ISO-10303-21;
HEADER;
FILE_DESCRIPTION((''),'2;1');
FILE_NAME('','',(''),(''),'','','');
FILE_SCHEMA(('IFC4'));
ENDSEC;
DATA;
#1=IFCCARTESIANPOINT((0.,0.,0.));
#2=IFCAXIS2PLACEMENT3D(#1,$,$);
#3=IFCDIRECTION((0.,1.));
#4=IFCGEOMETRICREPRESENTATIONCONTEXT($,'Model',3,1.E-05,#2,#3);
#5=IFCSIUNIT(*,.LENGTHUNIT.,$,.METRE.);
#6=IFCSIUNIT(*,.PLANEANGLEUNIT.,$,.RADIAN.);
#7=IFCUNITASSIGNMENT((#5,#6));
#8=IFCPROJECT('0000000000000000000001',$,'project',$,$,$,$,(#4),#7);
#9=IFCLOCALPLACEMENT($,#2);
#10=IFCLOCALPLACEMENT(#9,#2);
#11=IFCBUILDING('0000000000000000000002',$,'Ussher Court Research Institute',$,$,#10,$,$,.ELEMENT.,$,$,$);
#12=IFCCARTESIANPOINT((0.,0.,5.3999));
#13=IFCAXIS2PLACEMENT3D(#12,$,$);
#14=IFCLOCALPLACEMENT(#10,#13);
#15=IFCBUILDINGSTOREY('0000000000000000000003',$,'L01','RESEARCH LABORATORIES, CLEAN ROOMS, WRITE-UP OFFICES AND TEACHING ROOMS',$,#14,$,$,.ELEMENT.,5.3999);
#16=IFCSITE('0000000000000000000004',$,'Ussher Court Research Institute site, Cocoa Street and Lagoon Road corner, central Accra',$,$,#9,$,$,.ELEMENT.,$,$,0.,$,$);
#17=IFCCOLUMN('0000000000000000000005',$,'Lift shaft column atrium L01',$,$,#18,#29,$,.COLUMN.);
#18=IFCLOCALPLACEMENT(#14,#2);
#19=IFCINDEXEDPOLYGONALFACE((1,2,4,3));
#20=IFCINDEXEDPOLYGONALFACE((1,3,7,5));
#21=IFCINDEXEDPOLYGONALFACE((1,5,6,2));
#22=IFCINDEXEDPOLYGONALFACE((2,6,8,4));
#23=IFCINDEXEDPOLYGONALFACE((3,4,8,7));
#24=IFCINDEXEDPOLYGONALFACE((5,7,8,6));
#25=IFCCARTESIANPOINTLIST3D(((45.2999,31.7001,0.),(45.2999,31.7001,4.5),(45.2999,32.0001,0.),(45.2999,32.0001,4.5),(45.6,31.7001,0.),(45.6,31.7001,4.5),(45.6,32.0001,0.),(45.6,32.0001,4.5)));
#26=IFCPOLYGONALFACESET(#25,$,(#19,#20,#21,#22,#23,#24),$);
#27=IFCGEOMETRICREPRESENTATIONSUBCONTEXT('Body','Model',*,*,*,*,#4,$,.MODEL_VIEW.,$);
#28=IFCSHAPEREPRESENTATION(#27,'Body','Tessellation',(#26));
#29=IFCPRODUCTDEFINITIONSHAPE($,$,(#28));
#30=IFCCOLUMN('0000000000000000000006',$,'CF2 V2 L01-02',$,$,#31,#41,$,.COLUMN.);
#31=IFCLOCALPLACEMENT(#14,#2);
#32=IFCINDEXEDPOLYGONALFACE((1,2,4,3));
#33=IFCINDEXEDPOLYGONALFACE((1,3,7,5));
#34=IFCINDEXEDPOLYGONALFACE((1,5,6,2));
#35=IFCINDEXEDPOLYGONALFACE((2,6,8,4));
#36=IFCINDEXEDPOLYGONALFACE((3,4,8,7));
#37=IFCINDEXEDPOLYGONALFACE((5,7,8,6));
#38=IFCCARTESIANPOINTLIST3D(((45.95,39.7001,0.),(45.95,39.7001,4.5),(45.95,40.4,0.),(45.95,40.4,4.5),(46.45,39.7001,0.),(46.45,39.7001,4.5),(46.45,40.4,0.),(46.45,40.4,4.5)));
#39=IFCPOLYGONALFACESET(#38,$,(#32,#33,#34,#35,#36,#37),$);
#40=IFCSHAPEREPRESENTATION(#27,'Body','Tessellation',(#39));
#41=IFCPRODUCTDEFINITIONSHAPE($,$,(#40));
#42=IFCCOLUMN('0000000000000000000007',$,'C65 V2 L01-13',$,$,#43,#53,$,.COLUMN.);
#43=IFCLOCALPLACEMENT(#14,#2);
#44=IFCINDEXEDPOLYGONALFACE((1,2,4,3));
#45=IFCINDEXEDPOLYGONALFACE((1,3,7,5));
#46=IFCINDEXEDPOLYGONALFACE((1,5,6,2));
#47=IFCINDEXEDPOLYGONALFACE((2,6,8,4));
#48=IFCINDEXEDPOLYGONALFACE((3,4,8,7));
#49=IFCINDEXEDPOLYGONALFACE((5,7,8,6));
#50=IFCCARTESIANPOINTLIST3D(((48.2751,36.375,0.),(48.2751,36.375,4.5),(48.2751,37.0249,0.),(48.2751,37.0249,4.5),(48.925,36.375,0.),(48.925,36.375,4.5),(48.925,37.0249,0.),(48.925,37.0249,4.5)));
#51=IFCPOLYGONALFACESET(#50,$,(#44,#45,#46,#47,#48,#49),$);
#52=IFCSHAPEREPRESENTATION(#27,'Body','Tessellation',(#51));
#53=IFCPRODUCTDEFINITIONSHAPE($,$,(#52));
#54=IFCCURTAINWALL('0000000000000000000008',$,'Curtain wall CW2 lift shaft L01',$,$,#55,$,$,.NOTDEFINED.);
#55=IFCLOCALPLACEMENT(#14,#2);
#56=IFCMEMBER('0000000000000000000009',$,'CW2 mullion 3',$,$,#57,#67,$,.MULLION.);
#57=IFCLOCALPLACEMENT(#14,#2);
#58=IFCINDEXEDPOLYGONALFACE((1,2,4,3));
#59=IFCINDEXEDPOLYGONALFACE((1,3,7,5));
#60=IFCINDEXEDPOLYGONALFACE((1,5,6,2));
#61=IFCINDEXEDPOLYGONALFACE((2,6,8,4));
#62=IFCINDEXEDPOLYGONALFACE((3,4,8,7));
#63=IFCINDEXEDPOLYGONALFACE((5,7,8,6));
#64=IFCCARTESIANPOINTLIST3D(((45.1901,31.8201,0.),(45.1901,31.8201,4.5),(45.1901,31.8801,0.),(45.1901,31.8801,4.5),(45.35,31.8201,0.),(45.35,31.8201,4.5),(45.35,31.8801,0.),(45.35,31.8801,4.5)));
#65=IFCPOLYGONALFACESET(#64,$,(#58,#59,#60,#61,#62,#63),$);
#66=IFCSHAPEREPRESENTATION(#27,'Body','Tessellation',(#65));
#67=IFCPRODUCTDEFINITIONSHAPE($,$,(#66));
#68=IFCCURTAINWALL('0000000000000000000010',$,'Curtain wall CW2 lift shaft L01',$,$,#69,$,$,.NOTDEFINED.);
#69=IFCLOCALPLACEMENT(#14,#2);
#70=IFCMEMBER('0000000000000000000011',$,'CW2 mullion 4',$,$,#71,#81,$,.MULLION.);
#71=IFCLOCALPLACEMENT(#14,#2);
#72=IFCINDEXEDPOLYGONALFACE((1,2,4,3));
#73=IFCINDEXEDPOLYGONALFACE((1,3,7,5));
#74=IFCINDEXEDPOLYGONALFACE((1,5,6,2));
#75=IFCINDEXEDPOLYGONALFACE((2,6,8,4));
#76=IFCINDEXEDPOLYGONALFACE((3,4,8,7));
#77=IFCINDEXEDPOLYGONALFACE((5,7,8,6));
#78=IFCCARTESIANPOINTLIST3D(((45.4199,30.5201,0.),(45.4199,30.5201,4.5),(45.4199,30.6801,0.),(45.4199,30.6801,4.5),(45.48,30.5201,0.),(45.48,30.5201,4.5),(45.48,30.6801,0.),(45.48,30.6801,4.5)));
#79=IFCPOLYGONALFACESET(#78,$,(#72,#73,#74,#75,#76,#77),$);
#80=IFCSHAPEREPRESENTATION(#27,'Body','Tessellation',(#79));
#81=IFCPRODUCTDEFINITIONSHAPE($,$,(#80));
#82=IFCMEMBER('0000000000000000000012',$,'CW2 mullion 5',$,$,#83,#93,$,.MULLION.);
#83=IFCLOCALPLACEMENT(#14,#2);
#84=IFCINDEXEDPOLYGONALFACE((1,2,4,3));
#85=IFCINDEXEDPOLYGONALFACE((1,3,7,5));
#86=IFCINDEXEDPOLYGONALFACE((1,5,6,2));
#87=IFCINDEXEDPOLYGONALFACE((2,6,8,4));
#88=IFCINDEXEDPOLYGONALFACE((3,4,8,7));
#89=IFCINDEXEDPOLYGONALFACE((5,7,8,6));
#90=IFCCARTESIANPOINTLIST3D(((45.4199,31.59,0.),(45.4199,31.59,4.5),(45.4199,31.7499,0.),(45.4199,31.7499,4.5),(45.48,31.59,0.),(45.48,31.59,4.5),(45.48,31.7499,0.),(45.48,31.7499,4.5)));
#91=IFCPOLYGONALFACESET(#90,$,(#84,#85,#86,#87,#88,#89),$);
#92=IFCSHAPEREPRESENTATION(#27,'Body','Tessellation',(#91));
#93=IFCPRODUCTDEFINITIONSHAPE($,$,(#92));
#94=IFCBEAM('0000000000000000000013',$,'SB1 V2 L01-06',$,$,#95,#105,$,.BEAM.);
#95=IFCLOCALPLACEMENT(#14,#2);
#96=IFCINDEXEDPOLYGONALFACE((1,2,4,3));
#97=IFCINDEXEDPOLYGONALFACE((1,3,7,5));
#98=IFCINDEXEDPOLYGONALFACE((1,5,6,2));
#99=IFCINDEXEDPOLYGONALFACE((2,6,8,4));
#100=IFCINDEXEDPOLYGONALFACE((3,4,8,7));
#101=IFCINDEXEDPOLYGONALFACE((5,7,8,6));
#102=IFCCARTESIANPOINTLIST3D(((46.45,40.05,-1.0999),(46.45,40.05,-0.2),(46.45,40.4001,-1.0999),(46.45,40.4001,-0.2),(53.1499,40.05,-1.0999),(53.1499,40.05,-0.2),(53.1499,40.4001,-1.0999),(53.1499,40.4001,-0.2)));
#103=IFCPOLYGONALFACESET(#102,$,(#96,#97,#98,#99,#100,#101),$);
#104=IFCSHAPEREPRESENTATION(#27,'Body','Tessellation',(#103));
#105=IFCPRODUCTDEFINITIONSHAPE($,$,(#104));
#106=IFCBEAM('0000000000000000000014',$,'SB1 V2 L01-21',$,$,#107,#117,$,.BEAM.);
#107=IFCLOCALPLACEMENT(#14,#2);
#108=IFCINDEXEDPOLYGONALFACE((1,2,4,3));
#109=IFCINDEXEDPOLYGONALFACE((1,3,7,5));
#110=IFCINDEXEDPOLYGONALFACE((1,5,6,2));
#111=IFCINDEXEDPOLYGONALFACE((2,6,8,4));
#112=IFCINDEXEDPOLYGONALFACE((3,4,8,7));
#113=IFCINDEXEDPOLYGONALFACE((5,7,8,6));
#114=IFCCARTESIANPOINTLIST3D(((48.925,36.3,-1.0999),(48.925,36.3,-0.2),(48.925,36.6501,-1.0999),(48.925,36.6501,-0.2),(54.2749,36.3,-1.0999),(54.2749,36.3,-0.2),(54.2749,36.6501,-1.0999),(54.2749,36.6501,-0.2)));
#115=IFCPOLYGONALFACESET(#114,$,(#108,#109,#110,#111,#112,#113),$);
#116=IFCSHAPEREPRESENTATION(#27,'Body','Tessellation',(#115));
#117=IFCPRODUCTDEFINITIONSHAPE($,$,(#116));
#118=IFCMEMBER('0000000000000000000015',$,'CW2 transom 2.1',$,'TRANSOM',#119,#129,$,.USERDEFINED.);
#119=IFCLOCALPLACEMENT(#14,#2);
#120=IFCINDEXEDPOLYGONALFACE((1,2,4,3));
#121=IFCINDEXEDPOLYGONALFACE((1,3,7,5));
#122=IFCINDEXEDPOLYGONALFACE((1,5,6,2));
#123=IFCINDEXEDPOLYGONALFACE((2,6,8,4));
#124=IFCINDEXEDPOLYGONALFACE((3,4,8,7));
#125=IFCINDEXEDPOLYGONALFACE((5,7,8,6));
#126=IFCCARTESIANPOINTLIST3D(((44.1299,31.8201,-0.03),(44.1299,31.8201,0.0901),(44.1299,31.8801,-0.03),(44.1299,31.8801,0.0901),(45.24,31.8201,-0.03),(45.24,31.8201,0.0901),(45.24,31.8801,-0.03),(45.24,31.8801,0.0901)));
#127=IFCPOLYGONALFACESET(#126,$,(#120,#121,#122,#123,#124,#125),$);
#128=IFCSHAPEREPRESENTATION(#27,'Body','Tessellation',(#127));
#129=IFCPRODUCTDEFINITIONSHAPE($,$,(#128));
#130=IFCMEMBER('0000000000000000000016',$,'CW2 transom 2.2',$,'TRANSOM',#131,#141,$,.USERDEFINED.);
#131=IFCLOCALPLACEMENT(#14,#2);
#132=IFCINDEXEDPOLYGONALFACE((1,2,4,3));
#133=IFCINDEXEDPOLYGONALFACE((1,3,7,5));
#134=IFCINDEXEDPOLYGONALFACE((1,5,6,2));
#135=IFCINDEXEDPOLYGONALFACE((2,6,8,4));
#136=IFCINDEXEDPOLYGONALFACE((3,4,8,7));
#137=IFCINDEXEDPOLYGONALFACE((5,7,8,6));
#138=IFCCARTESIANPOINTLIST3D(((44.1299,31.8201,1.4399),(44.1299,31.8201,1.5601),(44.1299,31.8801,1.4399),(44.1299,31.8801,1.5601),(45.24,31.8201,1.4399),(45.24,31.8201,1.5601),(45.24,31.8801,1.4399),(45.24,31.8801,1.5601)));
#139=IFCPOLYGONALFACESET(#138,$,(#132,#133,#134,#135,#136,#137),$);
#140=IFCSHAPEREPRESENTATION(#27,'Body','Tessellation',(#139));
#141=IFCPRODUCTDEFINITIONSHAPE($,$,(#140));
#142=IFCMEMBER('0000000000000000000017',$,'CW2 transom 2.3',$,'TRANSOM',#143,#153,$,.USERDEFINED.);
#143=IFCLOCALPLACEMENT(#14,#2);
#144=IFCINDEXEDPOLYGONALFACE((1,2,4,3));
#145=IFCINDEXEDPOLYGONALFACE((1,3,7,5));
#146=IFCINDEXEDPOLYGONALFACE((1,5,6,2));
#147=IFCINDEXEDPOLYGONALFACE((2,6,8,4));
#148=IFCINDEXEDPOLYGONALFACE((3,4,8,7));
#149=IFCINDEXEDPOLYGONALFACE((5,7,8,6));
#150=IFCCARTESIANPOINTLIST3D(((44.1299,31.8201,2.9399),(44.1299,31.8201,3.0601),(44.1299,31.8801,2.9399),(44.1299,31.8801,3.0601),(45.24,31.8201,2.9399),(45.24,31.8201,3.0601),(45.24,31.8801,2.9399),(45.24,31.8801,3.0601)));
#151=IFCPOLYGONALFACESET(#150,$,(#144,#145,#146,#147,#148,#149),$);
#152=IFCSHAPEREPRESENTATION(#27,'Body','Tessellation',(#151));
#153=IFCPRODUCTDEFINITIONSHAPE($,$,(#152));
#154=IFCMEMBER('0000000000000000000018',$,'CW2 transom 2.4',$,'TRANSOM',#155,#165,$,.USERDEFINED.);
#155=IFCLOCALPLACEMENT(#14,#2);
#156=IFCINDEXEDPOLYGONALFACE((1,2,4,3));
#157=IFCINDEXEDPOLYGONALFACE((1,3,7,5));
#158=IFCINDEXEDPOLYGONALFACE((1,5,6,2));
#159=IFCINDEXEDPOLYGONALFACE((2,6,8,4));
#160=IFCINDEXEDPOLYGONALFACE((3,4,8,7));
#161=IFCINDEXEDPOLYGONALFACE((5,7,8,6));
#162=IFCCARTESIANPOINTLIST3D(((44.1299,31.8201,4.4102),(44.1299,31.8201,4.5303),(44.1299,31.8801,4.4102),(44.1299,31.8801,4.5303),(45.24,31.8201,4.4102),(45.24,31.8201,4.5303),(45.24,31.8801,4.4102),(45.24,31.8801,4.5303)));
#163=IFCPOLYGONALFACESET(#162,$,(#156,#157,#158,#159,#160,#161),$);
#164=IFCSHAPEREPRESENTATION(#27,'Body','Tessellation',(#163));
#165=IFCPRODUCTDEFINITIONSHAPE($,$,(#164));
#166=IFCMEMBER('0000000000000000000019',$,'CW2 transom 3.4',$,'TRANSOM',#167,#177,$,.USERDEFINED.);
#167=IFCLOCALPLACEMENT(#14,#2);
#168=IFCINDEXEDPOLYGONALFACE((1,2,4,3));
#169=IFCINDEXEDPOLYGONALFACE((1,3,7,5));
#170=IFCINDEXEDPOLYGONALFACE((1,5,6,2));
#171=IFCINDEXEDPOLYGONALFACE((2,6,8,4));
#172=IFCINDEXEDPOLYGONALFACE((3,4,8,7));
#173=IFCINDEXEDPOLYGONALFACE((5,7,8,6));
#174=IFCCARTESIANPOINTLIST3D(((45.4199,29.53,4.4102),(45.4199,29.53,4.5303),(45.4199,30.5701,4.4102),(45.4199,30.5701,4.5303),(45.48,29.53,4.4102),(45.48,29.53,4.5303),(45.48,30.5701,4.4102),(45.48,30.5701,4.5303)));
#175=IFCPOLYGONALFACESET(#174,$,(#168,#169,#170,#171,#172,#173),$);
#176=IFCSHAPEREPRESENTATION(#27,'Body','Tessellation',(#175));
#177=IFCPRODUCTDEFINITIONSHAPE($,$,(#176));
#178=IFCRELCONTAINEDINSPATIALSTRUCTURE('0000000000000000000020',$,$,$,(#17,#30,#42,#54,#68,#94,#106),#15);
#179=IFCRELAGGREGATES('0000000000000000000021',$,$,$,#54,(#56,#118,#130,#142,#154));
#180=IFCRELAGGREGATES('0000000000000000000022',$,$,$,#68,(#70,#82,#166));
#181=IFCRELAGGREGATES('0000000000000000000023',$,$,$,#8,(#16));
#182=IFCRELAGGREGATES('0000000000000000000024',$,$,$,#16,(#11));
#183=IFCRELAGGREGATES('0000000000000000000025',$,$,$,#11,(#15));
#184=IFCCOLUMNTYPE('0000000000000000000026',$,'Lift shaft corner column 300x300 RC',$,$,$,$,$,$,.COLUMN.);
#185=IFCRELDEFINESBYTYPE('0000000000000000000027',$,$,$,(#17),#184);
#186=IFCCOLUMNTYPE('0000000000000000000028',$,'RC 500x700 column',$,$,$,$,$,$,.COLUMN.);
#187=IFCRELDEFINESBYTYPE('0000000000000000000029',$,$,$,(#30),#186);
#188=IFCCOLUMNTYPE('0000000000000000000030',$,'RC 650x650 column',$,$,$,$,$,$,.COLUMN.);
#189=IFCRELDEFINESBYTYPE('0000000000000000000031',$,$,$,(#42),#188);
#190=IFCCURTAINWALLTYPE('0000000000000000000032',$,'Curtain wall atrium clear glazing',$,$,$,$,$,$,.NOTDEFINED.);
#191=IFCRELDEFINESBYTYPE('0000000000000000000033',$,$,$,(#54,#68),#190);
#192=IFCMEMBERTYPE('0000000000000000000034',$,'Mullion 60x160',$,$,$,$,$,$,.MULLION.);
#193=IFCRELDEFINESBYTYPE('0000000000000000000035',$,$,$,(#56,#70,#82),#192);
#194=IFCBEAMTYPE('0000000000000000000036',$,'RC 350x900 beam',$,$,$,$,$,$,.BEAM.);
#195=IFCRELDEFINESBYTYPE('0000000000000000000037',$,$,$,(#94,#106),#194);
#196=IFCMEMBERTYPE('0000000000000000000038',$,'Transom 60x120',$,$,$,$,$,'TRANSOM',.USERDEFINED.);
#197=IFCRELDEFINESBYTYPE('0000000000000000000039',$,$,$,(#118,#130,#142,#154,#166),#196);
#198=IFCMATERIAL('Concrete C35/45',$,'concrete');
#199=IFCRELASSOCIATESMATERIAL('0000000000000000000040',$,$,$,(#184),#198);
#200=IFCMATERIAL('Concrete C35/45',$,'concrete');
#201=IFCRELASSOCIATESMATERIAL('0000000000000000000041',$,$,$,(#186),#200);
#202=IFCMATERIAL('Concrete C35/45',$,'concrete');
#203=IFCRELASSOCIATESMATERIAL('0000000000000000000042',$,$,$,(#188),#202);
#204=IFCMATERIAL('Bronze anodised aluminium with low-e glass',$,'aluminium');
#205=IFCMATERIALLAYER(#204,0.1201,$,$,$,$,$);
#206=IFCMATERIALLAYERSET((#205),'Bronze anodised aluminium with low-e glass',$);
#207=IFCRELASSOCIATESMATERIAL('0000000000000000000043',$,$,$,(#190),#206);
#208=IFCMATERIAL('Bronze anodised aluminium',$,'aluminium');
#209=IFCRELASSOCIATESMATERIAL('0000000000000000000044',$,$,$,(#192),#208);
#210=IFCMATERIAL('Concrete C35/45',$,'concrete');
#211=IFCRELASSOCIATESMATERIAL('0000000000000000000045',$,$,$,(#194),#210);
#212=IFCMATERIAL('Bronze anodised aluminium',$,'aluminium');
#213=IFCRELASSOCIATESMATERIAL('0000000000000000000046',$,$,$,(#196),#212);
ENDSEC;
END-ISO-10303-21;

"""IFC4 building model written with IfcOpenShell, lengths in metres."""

from ifc_helpers import new_model, si_unit, direction, frame, origin, origin_2d, place, context, subcontext, project, spatial, rectangle, extrude, material, layer, layer_set, material_profile, profile_set, type_object, element, aggregate, save


model = new_model("IFC4")

# Units and contexts
model_context = context("Model", 3, precision=1e-05, world=origin(), true_north=direction((0.0, 1.0)))
body_context = subcontext(model_context, "Body", "Model", "MODEL_VIEW")
ifc_project = project(units=[si_unit("LENGTHUNIT", "METRE"), si_unit("PLANEANGLEUNIT", "RADIAN")], contexts=[model_context])

# Site, building, storey
site_placement = place(None, origin())
site = spatial("IfcSite", under=ifc_project, at=site_placement, Name="Ussher Court Research Institute site, Cocoa Street and Lagoon Road corner, central Accra", CompositionType="ELEMENT", RefElevation=0.0)
building_placement = place(site_placement, origin())
building = spatial("IfcBuilding", under=site, at=building_placement, Name="Ussher Court Research Institute", CompositionType="ELEMENT")
storey_placement = place(building_placement, frame((0.0, 0.0, 5.3999)))
storey = spatial("IfcBuildingStorey", under=building, at=storey_placement, Name="L01", Description="RESEARCH LABORATORIES, CLEAN ROOMS, WRITE-UP OFFICES AND TEACHING ROOMS", CompositionType="ELEMENT", Elevation=5.3999)

# Columns
ifc_material_1 = material(Name="Concrete C35/45", Category="concrete")
ifc_material_profile_1 = material_profile(ifc_material_1, rectangle(XDim=0.3, YDim=0.3, at=origin_2d()), Name="RC 300x300")
ifc_profile_set_1 = profile_set([ifc_material_profile_1], Name="Concrete C35/45")
column_type_1 = type_object("IfcColumnType", Name="Lift shaft corner column 300x300 RC", PredefinedType="COLUMN", material=ifc_profile_set_1)
column_1_placement = place(storey_placement, frame((45.45, 31.8501, 0.0), z_axis=(0.0, 0.0, 1.0), x_axis=(1.0, 0.0, 0.0)))
element("IfcColumn", 1, at=column_1_placement, inside=storey, type_object=column_type_1, Name="Lift shaft column atrium L01", PredefinedType="COLUMN", context=body_context, shape_type="SweptSolid", body=[
    extrude(rectangle(XDim=0.3, YDim=0.3, at=origin_2d()), origin(), (0.0, 0.0, 1.0), 4.5),
])
ifc_material_2 = material(Name="Concrete C35/45", Category="concrete")
ifc_material_profile_2 = material_profile(ifc_material_2, rectangle(XDim=0.5, YDim=0.7, at=origin_2d()), Name="RC 500x700")
ifc_profile_set_2 = profile_set([ifc_material_profile_2], Name="Concrete C35/45")
column_type_2 = type_object("IfcColumnType", Name="RC 500x700 column", PredefinedType="COLUMN", material=ifc_profile_set_2)
column_2_placement = place(storey_placement, frame((46.2, 40.05, 0.0), z_axis=(0.0, 0.0, 1.0), x_axis=(1.0, 0.0, 0.0)))
element("IfcColumn", 2, at=column_2_placement, inside=storey, type_object=column_type_2, Name="CF2 V2 L01-02", PredefinedType="COLUMN", context=body_context, shape_type="SweptSolid", body=[
    extrude(rectangle(XDim=0.5, YDim=0.7, at=origin_2d()), origin(), (0.0, 0.0, 1.0), 4.5),
])
ifc_material_3 = material(Name="Concrete C35/45", Category="concrete")
ifc_material_profile_3 = material_profile(ifc_material_3, rectangle(XDim=0.6499, YDim=0.6499, at=origin_2d()), Name="RC 650x650")
ifc_profile_set_3 = profile_set([ifc_material_profile_3], Name="Concrete C35/45")
column_type_3 = type_object("IfcColumnType", Name="RC 650x650 column", PredefinedType="COLUMN", material=ifc_profile_set_3)
column_3_placement = place(storey_placement, frame((48.6001, 36.7, 0.0), z_axis=(0.0, 0.0, 1.0), x_axis=(1.0, 0.0, 0.0)))
element("IfcColumn", 3, at=column_3_placement, inside=storey, type_object=column_type_3, Name="C65 V2 L01-13", PredefinedType="COLUMN", context=body_context, shape_type="SweptSolid", body=[
    extrude(rectangle(XDim=0.6499, YDim=0.6499, at=origin_2d()), origin(), (0.0, 0.0, 1.0), 4.5),
])

# Curtain wall, member
ifc_material_4 = material(Name="Bronze anodised aluminium with low-e glass", Category="aluminium")
ifc_layer_1 = layer(ifc_material_4, 0.1201)
ifc_layer_set_1 = layer_set([ifc_layer_1], Name="Bronze anodised aluminium with low-e glass")
curtain_wall_type = type_object("IfcCurtainWallType", Name="Curtain wall atrium clear glazing", PredefinedType="NOTDEFINED", material=ifc_layer_set_1)
curtain_wall_1_placement = place(storey_placement, origin())
curtain_wall_1 = element("IfcCurtainWall", 4, at=curtain_wall_1_placement, inside=storey, type_object=curtain_wall_type, Name="Curtain wall CW2 lift shaft L01", PredefinedType="NOTDEFINED")
ifc_material_5 = material(Name="Bronze anodised aluminium", Category="aluminium")
ifc_material_profile_4 = material_profile(ifc_material_5, rectangle(XDim=0.0601, YDim=0.1599, at=origin_2d()), Name="Mullion 60x160")
ifc_profile_set_4 = profile_set([ifc_material_profile_4], Name="Bronze anodised aluminium")
member_type_1 = type_object("IfcMemberType", Name="Mullion 60x160", PredefinedType="MULLION", material=ifc_profile_set_4)
member_1_placement = place(storey_placement, frame((45.27, 31.8501, 0.0), z_axis=(0.0, 0.0, 1.0), x_axis=(0.0, 1.0, 0.0)))
member_1 = element("IfcMember", 5, at=member_1_placement, type_object=member_type_1, Name="CW2 mullion 3", PredefinedType="MULLION", context=body_context, shape_type="SweptSolid", body=[
    extrude(rectangle(XDim=0.0601, YDim=0.1599, at=origin_2d()), origin(), (0.0, 0.0, 1.0), 4.5),
])

# Curtain wall, members
curtain_wall_2_placement = place(storey_placement, origin())
curtain_wall_2 = element("IfcCurtainWall", 6, at=curtain_wall_2_placement, inside=storey, type_object=curtain_wall_type, Name="Curtain wall CW2 lift shaft L01", PredefinedType="NOTDEFINED")
member_2_placement = place(storey_placement, frame((45.45, 30.6001, 0.0), z_axis=(0.0, 0.0, 1.0), x_axis=(-1.0, 0.0, 0.0)))
member_2 = element("IfcMember", 7, at=member_2_placement, type_object=member_type_1, Name="CW2 mullion 4", PredefinedType="MULLION", context=body_context, shape_type="SweptSolid", body=[
    extrude(rectangle(XDim=0.0601, YDim=0.1599, at=origin_2d()), origin(), (0.0, 0.0, 1.0), 4.5),
])
member_3_placement = place(storey_placement, frame((45.45, 31.6699, 0.0), z_axis=(0.0, 0.0, 1.0), x_axis=(-1.0, 0.0, 0.0)))
member_3 = element("IfcMember", 8, at=member_3_placement, type_object=member_type_1, Name="CW2 mullion 5", PredefinedType="MULLION", context=body_context, shape_type="SweptSolid", body=[
    extrude(rectangle(XDim=0.0601, YDim=0.1599, at=origin_2d()), origin(), (0.0, 0.0, 1.0), 4.5),
])

# Beams
ifc_material_6 = material(Name="Concrete C35/45", Category="concrete")
ifc_material_profile_5 = material_profile(ifc_material_6, rectangle(XDim=0.3501, YDim=0.8999, at=origin_2d()), Name="RC 350x900")
ifc_profile_set_5 = profile_set([ifc_material_profile_5], Name="Concrete C35/45")
beam_type = type_object("IfcBeamType", Name="RC 350x900 beam", PredefinedType="BEAM", material=ifc_profile_set_5)
beam_1_placement = place(storey_placement, frame((46.45, 40.2251, -0.6499), z_axis=(1.0, 0.0, 0.0), x_axis=(0.0, 1.0, 0.0)))
element("IfcBeam", 9, at=beam_1_placement, inside=storey, type_object=beam_type, Name="SB1 V2 L01-06", PredefinedType="BEAM", context=body_context, shape_type="SweptSolid", body=[
    extrude(rectangle(XDim=0.3501, YDim=0.8999, at=origin_2d()), origin(), (0.0, 0.0, 1.0), 6.7),
])
beam_2_placement = place(storey_placement, frame((48.925, 36.4751, -0.6499), z_axis=(1.0, 0.0, 0.0), x_axis=(0.0, 1.0, 0.0)))
element("IfcBeam", 10, at=beam_2_placement, inside=storey, type_object=beam_type, Name="SB1 V2 L01-21", PredefinedType="BEAM", context=body_context, shape_type="SweptSolid", body=[
    extrude(rectangle(XDim=0.3501, YDim=0.8999, at=origin_2d()), origin(), (0.0, 0.0, 1.0), 5.3499),
])

# Members
ifc_material_7 = material(Name="Bronze anodised aluminium", Category="aluminium")
ifc_material_profile_6 = material_profile(ifc_material_7, rectangle(XDim=0.0601, YDim=0.1201, at=origin_2d()), Name="Transom 60x120")
ifc_profile_set_6 = profile_set([ifc_material_profile_6], Name="Bronze anodised aluminium")
member_type_2 = type_object("IfcMemberType", Name="Transom 60x120", ElementType="TRANSOM", PredefinedType="USERDEFINED", material=ifc_profile_set_6)
member_4_placement = place(storey_placement, frame((44.1299, 31.8501, 0.03), z_axis=(1.0, 0.0, 0.0), x_axis=(0.0, 1.0, 0.0)))
member_4 = element("IfcMember", 11, at=member_4_placement, type_object=member_type_2, Name="CW2 transom 2.1", ObjectType="TRANSOM", PredefinedType="USERDEFINED", context=body_context, shape_type="SweptSolid", body=[
    extrude(rectangle(XDim=0.0601, YDim=0.1201, at=origin_2d()), origin(), (0.0, 0.0, 1.0), 1.1101),
])
member_5_placement = place(storey_placement, frame((44.1299, 31.8501, 1.5), z_axis=(1.0, 0.0, 0.0), x_axis=(0.0, 1.0, 0.0)))
member_5 = element("IfcMember", 12, at=member_5_placement, type_object=member_type_2, Name="CW2 transom 2.2", ObjectType="TRANSOM", PredefinedType="USERDEFINED", context=body_context, shape_type="SweptSolid", body=[
    extrude(rectangle(XDim=0.0601, YDim=0.1201, at=origin_2d()), origin(), (0.0, 0.0, 1.0), 1.1101),
])
member_6_placement = place(storey_placement, frame((44.1299, 31.8501, 3.0), z_axis=(1.0, 0.0, 0.0), x_axis=(0.0, 1.0, 0.0)))
member_6 = element("IfcMember", 13, at=member_6_placement, type_object=member_type_2, Name="CW2 transom 2.3", ObjectType="TRANSOM", PredefinedType="USERDEFINED", context=body_context, shape_type="SweptSolid", body=[
    extrude(rectangle(XDim=0.0601, YDim=0.1201, at=origin_2d()), origin(), (0.0, 0.0, 1.0), 1.1101),
])
member_7_placement = place(storey_placement, frame((44.1299, 31.8501, 4.4702), z_axis=(1.0, 0.0, 0.0), x_axis=(0.0, 1.0, 0.0)))
member_7 = element("IfcMember", 14, at=member_7_placement, type_object=member_type_2, Name="CW2 transom 2.4", ObjectType="TRANSOM", PredefinedType="USERDEFINED", context=body_context, shape_type="SweptSolid", body=[
    extrude(rectangle(XDim=0.0601, YDim=0.1201, at=origin_2d()), origin(), (0.0, 0.0, 1.0), 1.1101),
])
member_8_placement = place(storey_placement, frame((45.45, 29.53, 4.4702), z_axis=(0.0, 1.0, 0.0), x_axis=(-1.0, 0.0, 0.0)))
member_8 = element("IfcMember", 15, at=member_8_placement, type_object=member_type_2, Name="CW2 transom 3.4", ObjectType="TRANSOM", PredefinedType="USERDEFINED", context=body_context, shape_type="SweptSolid", body=[
    extrude(rectangle(XDim=0.0601, YDim=0.1201, at=origin_2d()), origin(), (0.0, 0.0, 1.0), 1.04),
])

aggregate(curtain_wall_1, [member_1, member_4, member_5, member_6, member_7])
aggregate(curtain_wall_2, [member_2, member_3, member_8])

save(model, "model.ifc")
